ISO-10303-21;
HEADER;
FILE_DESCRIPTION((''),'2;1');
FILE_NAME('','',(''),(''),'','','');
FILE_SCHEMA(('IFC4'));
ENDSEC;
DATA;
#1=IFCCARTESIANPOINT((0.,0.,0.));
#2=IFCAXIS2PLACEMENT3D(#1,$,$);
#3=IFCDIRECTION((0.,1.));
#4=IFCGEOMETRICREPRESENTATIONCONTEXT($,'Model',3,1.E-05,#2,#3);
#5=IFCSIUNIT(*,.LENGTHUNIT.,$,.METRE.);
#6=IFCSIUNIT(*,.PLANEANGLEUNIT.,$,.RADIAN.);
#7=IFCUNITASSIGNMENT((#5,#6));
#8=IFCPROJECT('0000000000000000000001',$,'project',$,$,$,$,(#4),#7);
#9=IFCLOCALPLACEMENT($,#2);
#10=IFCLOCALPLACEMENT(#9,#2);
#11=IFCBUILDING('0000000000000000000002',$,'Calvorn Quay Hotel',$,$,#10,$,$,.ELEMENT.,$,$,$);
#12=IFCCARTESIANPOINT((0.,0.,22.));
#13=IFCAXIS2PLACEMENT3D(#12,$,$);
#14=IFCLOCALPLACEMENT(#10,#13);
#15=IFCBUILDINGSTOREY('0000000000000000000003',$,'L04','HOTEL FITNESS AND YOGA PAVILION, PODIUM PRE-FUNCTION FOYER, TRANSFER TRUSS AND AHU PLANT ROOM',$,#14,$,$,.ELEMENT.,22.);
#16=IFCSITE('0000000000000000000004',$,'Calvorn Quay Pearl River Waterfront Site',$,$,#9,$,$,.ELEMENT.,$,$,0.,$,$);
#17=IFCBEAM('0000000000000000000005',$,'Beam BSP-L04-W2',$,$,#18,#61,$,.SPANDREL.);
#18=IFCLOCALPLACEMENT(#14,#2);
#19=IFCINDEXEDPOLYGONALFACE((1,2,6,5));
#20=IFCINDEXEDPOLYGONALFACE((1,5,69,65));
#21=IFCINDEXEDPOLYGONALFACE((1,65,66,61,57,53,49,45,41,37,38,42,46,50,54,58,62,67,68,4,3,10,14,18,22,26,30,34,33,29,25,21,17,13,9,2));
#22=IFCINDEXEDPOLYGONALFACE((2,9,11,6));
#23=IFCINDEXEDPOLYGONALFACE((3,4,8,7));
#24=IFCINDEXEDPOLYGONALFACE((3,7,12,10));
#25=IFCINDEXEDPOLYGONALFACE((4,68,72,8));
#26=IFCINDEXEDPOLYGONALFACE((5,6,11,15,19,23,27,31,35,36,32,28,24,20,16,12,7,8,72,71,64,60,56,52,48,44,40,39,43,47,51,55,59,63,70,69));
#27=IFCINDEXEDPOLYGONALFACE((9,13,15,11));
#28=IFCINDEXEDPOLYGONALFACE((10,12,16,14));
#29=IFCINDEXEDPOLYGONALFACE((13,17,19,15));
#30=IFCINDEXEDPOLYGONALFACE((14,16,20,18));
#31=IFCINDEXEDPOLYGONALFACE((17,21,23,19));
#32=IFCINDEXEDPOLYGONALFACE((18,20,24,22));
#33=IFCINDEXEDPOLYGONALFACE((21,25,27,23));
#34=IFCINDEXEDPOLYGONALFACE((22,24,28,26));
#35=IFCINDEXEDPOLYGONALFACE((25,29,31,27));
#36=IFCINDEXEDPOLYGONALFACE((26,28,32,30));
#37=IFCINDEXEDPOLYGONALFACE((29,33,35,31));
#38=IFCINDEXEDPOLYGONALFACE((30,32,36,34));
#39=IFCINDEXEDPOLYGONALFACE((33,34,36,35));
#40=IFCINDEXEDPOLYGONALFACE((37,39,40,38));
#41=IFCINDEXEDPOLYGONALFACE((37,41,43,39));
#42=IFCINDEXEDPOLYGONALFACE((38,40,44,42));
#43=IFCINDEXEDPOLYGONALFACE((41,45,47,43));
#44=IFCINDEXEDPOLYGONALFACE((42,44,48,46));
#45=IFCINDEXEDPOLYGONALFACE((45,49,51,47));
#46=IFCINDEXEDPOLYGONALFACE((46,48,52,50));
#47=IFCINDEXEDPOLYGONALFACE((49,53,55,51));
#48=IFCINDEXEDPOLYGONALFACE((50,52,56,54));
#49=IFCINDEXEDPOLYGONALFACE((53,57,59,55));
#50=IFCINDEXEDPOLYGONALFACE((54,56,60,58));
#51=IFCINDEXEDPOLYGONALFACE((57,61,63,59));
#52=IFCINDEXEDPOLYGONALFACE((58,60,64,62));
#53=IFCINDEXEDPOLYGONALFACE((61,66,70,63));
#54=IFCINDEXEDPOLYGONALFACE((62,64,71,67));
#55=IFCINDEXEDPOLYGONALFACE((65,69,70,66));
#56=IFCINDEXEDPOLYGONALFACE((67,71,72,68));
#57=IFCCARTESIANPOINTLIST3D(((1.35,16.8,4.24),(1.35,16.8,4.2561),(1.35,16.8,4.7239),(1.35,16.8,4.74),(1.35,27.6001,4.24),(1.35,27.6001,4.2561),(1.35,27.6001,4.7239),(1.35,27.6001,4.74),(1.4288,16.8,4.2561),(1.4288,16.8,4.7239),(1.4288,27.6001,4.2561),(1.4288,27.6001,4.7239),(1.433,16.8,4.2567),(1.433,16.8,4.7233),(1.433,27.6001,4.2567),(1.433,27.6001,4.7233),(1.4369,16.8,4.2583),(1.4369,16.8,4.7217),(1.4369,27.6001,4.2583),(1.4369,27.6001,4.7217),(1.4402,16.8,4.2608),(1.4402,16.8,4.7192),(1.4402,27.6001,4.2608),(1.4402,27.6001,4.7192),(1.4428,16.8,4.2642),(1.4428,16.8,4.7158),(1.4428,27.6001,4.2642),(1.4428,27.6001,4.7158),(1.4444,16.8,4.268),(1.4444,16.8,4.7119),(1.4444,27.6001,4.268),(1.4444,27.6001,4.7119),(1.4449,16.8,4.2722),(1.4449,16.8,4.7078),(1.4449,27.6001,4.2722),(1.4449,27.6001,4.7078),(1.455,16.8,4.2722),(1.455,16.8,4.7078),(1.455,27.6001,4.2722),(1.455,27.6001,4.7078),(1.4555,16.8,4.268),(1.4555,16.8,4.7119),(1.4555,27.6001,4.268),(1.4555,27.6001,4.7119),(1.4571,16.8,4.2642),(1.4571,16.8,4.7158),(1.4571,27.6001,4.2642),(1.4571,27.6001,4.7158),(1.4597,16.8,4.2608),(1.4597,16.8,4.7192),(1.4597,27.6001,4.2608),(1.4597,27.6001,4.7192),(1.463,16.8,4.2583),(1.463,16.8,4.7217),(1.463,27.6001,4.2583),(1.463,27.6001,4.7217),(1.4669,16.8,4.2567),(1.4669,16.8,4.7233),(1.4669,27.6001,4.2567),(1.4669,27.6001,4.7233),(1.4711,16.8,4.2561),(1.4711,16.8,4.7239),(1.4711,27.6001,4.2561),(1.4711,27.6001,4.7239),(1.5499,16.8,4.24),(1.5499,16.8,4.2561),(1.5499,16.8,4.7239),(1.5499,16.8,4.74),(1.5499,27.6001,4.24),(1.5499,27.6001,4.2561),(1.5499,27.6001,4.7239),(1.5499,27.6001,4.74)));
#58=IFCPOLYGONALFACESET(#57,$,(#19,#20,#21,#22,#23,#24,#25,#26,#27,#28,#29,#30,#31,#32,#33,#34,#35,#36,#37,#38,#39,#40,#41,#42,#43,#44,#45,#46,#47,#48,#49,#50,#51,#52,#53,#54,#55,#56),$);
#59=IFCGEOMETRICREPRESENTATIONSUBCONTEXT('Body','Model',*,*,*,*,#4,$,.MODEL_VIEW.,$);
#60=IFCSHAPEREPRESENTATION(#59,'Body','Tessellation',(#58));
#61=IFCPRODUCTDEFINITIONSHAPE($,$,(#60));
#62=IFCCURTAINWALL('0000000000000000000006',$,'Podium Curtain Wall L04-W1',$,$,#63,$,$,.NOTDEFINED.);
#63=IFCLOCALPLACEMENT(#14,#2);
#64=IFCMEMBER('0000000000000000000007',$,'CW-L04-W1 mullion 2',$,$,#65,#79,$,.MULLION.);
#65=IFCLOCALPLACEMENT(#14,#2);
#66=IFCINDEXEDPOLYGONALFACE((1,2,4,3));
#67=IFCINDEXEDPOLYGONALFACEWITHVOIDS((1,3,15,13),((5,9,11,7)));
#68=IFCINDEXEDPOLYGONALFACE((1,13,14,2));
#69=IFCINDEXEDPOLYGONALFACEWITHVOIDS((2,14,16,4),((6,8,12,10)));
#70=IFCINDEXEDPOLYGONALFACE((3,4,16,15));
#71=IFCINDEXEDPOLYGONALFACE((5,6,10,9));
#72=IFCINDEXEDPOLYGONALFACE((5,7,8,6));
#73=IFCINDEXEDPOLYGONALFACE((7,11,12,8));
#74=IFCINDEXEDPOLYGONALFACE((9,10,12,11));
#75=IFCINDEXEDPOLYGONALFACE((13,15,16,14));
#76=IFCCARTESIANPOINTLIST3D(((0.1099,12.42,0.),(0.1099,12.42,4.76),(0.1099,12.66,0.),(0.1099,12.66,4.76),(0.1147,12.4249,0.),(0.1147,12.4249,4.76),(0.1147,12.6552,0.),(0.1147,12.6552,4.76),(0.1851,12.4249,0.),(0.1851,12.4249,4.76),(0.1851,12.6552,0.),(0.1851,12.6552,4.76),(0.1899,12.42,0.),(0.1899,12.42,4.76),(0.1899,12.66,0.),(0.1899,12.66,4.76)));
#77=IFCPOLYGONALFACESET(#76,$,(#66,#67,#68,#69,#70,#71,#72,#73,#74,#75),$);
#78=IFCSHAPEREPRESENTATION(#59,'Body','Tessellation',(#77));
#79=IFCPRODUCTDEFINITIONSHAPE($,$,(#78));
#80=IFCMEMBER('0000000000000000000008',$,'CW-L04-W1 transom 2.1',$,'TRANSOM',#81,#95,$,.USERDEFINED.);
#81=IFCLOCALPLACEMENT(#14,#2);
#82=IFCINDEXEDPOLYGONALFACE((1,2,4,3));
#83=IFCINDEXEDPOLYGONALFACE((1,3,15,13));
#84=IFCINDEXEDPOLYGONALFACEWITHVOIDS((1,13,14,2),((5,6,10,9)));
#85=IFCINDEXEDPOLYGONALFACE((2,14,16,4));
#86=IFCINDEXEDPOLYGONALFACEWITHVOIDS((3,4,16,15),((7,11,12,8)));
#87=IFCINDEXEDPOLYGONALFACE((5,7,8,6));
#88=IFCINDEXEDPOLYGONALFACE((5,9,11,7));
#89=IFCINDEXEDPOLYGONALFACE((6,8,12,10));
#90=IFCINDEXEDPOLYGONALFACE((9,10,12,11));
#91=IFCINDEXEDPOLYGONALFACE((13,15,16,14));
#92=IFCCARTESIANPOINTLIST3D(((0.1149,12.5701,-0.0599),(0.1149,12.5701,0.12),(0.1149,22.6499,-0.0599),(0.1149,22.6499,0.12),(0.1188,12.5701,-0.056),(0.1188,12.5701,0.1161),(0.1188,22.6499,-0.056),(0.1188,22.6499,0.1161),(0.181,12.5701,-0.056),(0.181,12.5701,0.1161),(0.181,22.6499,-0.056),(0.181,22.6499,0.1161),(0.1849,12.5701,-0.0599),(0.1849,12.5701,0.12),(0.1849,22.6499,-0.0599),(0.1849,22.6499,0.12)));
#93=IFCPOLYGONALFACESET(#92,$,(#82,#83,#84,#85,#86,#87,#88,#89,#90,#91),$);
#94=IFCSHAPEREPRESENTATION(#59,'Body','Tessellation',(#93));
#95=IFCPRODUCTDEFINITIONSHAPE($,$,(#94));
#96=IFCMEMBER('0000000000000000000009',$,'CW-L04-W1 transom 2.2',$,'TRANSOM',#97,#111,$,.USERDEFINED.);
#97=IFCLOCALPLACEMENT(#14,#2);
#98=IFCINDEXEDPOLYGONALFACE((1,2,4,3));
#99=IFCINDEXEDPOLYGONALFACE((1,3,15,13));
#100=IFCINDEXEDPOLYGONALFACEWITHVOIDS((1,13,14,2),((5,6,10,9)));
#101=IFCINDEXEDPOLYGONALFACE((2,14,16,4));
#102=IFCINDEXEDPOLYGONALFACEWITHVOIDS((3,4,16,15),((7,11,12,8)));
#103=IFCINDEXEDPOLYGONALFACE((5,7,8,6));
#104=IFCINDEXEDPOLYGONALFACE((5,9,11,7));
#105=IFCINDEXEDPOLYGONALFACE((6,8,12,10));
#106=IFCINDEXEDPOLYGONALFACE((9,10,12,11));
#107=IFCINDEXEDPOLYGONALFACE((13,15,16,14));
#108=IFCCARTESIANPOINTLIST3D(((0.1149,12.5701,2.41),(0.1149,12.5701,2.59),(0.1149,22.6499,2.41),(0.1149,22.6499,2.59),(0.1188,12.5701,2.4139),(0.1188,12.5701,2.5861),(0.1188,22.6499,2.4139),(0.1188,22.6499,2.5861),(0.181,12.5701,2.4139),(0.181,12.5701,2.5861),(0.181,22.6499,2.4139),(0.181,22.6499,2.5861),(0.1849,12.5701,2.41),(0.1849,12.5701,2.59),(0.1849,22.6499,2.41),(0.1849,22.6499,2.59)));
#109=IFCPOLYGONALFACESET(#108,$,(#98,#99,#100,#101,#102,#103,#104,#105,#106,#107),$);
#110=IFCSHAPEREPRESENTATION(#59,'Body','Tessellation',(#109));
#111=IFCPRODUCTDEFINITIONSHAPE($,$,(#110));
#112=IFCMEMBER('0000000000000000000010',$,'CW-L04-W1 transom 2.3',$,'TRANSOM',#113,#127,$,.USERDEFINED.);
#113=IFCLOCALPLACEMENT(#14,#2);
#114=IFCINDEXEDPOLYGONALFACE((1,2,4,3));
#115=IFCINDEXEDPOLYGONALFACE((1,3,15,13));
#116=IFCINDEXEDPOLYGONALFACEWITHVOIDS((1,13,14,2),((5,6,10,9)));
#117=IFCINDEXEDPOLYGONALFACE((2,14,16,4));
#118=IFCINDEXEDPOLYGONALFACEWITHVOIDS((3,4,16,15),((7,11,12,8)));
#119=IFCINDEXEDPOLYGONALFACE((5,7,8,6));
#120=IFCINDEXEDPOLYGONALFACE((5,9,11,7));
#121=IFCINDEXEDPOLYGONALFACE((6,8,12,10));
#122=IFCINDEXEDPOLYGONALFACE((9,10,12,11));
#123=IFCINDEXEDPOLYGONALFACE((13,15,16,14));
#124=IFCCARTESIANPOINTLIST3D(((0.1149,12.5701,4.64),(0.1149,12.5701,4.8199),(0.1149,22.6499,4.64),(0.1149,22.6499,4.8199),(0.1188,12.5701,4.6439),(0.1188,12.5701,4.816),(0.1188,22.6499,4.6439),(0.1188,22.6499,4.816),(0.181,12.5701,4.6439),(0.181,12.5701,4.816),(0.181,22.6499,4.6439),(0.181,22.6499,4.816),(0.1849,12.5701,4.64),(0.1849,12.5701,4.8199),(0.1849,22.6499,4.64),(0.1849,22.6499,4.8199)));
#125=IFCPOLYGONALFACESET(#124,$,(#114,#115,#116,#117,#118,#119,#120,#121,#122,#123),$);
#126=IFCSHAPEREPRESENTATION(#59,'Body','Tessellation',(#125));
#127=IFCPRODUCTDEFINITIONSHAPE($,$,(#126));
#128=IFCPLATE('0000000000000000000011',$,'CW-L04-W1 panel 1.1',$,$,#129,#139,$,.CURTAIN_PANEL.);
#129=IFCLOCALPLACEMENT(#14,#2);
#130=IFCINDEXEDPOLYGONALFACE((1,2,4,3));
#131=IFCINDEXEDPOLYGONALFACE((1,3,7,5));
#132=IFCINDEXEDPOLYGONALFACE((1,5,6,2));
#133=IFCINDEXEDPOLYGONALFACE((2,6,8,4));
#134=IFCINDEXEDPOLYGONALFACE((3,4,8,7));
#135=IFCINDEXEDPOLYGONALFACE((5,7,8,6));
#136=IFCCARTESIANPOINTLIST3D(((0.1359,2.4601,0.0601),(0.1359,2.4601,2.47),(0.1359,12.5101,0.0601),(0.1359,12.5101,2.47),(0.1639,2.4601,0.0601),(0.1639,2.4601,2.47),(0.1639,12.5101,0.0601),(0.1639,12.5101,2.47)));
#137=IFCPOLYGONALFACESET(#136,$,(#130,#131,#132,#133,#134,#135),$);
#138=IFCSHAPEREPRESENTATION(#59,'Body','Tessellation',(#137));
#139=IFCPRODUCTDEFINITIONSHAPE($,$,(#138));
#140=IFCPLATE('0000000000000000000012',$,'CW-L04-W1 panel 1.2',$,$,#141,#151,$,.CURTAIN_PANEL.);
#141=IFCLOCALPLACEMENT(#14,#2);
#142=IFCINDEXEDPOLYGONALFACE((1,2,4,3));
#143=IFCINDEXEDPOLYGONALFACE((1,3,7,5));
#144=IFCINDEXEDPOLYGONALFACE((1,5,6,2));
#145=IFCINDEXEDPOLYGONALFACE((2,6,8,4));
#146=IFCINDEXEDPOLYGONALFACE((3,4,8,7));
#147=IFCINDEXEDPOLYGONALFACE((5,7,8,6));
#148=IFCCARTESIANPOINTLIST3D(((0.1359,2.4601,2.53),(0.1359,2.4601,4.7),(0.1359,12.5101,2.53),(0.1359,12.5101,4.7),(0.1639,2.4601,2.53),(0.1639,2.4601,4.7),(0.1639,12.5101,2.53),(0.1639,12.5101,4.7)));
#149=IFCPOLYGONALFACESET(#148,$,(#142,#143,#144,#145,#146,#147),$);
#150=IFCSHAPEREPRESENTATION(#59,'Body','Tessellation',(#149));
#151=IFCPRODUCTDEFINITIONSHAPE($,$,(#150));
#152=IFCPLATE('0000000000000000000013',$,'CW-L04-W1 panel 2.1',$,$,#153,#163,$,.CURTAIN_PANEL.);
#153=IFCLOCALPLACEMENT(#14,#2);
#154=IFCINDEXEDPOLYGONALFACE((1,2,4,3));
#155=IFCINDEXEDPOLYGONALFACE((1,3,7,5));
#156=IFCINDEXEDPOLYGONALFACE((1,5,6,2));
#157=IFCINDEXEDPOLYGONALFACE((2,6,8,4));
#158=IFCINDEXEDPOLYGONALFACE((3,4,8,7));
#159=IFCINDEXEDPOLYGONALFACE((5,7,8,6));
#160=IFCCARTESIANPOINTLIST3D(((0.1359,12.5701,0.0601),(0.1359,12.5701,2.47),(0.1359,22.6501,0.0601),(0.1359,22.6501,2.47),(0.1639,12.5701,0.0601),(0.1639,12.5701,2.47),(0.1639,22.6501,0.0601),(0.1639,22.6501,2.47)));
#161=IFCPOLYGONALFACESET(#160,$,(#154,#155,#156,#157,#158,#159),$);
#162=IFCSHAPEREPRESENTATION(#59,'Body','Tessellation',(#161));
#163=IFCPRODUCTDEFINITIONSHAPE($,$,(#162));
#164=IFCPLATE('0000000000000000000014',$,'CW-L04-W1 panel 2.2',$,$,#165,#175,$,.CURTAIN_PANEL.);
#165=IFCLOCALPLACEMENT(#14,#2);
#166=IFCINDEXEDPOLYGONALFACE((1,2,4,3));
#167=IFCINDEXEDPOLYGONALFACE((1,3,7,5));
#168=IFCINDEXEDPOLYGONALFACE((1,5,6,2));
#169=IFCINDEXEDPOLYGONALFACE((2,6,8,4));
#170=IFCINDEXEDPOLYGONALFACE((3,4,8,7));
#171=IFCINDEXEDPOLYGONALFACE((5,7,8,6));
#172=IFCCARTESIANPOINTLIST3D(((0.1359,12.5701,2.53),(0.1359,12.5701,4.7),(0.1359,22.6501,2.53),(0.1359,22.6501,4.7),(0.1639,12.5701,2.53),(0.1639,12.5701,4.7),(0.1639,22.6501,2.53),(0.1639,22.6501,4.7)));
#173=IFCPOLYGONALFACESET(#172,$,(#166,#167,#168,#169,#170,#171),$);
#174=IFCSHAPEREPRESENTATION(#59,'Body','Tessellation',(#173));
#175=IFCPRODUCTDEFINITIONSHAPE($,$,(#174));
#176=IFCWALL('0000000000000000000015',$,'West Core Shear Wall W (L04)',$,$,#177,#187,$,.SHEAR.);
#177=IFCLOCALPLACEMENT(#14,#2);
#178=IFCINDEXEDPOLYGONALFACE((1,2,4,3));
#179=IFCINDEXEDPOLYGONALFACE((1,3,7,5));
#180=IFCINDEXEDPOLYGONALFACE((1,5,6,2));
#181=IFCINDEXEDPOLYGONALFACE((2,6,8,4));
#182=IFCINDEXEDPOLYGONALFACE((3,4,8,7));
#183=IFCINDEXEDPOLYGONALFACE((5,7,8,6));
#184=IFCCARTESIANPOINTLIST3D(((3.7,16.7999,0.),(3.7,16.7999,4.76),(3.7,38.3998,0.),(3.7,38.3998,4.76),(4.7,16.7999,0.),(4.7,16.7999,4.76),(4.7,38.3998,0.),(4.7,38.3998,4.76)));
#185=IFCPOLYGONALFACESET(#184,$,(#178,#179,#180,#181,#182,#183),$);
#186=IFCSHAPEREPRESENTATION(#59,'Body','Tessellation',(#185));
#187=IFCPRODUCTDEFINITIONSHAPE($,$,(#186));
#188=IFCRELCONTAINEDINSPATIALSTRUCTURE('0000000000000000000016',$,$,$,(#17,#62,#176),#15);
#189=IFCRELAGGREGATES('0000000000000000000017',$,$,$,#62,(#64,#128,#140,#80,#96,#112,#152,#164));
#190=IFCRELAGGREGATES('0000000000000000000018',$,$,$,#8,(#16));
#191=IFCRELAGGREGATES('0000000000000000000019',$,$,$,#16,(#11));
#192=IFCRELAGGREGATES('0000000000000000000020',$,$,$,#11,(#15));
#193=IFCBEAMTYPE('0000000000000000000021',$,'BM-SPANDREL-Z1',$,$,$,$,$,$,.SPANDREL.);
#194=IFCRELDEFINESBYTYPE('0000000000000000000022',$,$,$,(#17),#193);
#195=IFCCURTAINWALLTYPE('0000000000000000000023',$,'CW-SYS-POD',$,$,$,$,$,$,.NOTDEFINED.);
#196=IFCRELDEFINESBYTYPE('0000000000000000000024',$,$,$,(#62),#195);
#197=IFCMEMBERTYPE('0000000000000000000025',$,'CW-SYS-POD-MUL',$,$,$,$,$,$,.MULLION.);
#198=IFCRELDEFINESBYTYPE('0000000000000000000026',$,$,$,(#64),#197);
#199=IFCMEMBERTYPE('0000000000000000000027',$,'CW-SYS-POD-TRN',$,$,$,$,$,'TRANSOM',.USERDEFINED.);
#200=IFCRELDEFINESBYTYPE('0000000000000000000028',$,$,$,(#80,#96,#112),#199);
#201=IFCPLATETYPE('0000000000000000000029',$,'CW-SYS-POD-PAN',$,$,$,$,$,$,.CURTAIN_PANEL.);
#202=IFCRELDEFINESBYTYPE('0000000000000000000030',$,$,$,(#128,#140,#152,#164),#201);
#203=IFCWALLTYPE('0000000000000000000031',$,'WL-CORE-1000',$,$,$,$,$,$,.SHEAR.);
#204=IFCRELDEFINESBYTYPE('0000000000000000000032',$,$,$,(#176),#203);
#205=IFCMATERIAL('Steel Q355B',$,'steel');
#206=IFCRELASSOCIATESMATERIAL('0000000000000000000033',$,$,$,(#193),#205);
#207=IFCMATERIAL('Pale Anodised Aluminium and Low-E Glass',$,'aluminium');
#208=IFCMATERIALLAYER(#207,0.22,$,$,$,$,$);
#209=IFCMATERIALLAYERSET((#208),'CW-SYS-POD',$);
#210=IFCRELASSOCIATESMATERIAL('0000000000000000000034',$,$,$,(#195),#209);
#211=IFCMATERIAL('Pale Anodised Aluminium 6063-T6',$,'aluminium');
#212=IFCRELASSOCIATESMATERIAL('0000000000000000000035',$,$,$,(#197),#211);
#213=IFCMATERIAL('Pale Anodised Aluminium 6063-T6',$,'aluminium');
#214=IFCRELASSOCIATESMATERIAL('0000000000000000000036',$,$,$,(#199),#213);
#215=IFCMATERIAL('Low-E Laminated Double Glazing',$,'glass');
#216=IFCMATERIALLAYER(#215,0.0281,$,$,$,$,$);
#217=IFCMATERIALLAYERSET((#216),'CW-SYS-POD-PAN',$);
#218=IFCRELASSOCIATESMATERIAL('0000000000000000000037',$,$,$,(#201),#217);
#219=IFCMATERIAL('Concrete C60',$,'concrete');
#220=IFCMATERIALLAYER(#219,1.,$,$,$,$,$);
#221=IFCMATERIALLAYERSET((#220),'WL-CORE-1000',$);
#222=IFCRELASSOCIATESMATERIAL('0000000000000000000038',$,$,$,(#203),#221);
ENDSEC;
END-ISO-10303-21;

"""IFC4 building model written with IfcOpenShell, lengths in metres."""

from ifc_helpers import new_model, si_unit, direction, frame, frame_2d, origin, origin_2d, place, context, subcontext, project, spatial, rectangle, hollow_rectangle, i_section, extrude, material, layer, layer_set, material_profile, profile_set, type_object, element, aggregate, save


model = new_model("IFC4")

# Units and contexts
model_context = context("Model", 3, precision=1e-05, world=origin(), true_north=direction((0.0, 1.0)))
body_context = subcontext(model_context, "Body", "Model", "MODEL_VIEW")
ifc_project = project(units=[si_unit("LENGTHUNIT", "METRE"), si_unit("PLANEANGLEUNIT", "RADIAN")], contexts=[model_context])

# Site, building, storey
site_placement = place(None, origin())
site = spatial("IfcSite", under=ifc_project, at=site_placement, Name="Calvorn Quay Pearl River Waterfront Site", CompositionType="ELEMENT", RefElevation=0.0)
building_placement = place(site_placement, origin())
building = spatial("IfcBuilding", under=site, at=building_placement, Name="Calvorn Quay Hotel", CompositionType="ELEMENT")
storey_placement = place(building_placement, frame((0.0, 0.0, 22.0)))
storey = spatial("IfcBuildingStorey", under=building, at=storey_placement, Name="L04", Description="HOTEL FITNESS AND YOGA PAVILION, PODIUM PRE-FUNCTION FOYER, TRANSFER TRUSS AND AHU PLANT ROOM", CompositionType="ELEMENT", Elevation=22.0)

# Beam
ifc_material_1 = material(Name="Steel Q355B", Category="steel")
ifc_material_profile_1 = material_profile(ifc_material_1, i_section(OverallWidth=0.2, OverallDepth=0.5, WebThickness=0.01, FlangeThickness=0.0161, FilletRadius=0.0161, at=origin_2d()), Name="HN500x200x10x16")
ifc_profile_set_1 = profile_set([ifc_material_profile_1], Name="Steel Q355B")
beam_type_1 = type_object("IfcBeamType", Name="BM-SPANDREL-Z1", PredefinedType="SPANDREL", material=ifc_profile_set_1)
beam_1_placement = place(storey_placement, frame((1.45, 16.8, 4.49), z_axis=(0.0, 1.0, 0.0), x_axis=(-1.0, 0.0, 0.0)))
element("IfcBeam", 1, at=beam_1_placement, inside=storey, type_object=beam_type_1, Name="Beam BSP-L04-W2", PredefinedType="SPANDREL", context=body_context, shape_type="SweptSolid", body=[
    extrude(i_section(OverallWidth=0.2, OverallDepth=0.5, WebThickness=0.01, FlangeThickness=0.0161, FilletRadius=0.0161, at=origin_2d()), origin(), (0.0, 0.0, 1.0), 10.8),
])

# Curtain wall, members, plates
ifc_material_2 = material(Name="Pale Anodised Aluminium and Low-E Glass", Category="aluminium")
ifc_layer_1 = layer(ifc_material_2, 0.22)
ifc_layer_set_1 = layer_set([ifc_layer_1], Name="CW-SYS-POD")
curtain_wall_type = type_object("IfcCurtainWallType", Name="CW-SYS-POD", PredefinedType="NOTDEFINED", material=ifc_layer_set_1)
curtain_wall_placement = place(storey_placement, origin())
curtain_wall = element("IfcCurtainWall", 2, at=curtain_wall_placement, inside=storey, type_object=curtain_wall_type, Name="Podium Curtain Wall L04-W1", PredefinedType="NOTDEFINED")
ifc_material_3 = material(Name="Pale Anodised Aluminium 6063-T6", Category="aluminium")
ifc_material_profile_2 = material_profile(ifc_material_3, hollow_rectangle(XDim=0.0801, YDim=0.24, WallThickness=0.0049, at=origin_2d()), Name="ALU-M240x80x5")
ifc_profile_set_2 = profile_set([ifc_material_profile_2], Name="Pale Anodised Aluminium 6063-T6")
member_type_1 = type_object("IfcMemberType", Name="CW-SYS-POD-MUL", PredefinedType="MULLION", material=ifc_profile_set_2)
member_1_placement = place(storey_placement, frame((0.1499, 12.54, 0.0), z_axis=(0.0, 0.0, 1.0), x_axis=(-1.0, 0.0, 0.0)))
member_1 = element("IfcMember", 3, at=member_1_placement, type_object=member_type_1, Name="CW-L04-W1 mullion 2", PredefinedType="MULLION", context=body_context, shape_type="SweptSolid", body=[
    extrude(hollow_rectangle(XDim=0.0801, YDim=0.24, WallThickness=0.0049, at=origin_2d()), origin(), (0.0, 0.0, 1.0), 4.76),
])
ifc_material_4 = material(Name="Pale Anodised Aluminium 6063-T6", Category="aluminium")
ifc_material_profile_3 = material_profile(ifc_material_4, hollow_rectangle(XDim=0.0701, YDim=0.1799, WallThickness=0.0039, at=origin_2d()), Name="ALU-T180x70x4")
ifc_profile_set_3 = profile_set([ifc_material_profile_3], Name="Pale Anodised Aluminium 6063-T6")
member_type_2 = type_object("IfcMemberType", Name="CW-SYS-POD-TRN", ElementType="TRANSOM", PredefinedType="USERDEFINED", material=ifc_profile_set_3)
member_2_placement = place(storey_placement, frame((0.1499, 12.5701, 0.03), z_axis=(0.0, 1.0, 0.0), x_axis=(-1.0, 0.0, 0.0)))
member_2 = element("IfcMember", 4, at=member_2_placement, type_object=member_type_2, Name="CW-L04-W1 transom 2.1", ObjectType="TRANSOM", PredefinedType="USERDEFINED", context=body_context, shape_type="SweptSolid", body=[
    extrude(hollow_rectangle(XDim=0.0701, YDim=0.1799, WallThickness=0.0039, at=origin_2d()), origin(), (0.0, 0.0, 1.0), 10.0798),
])
member_3_placement = place(storey_placement, frame((0.1499, 12.5701, 2.5), z_axis=(0.0, 1.0, 0.0), x_axis=(-1.0, 0.0, 0.0)))
member_3 = element("IfcMember", 5, at=member_3_placement, type_object=member_type_2, Name="CW-L04-W1 transom 2.2", ObjectType="TRANSOM", PredefinedType="USERDEFINED", context=body_context, shape_type="SweptSolid", body=[
    extrude(hollow_rectangle(XDim=0.0701, YDim=0.1799, WallThickness=0.0039, at=origin_2d()), origin(), (0.0, 0.0, 1.0), 10.0798),
])
member_4_placement = place(storey_placement, frame((0.1499, 12.5701, 4.73), z_axis=(0.0, 1.0, 0.0), x_axis=(-1.0, 0.0, 0.0)))
member_4 = element("IfcMember", 6, at=member_4_placement, type_object=member_type_2, Name="CW-L04-W1 transom 2.3", ObjectType="TRANSOM", PredefinedType="USERDEFINED", context=body_context, shape_type="SweptSolid", body=[
    extrude(hollow_rectangle(XDim=0.0701, YDim=0.1799, WallThickness=0.0039, at=origin_2d()), origin(), (0.0, 0.0, 1.0), 10.0798),
])
ifc_material_5 = material(Name="Low-E Laminated Double Glazing", Category="glass")
ifc_layer_2 = layer(ifc_material_5, 0.0281)
ifc_layer_set_2 = layer_set([ifc_layer_2], Name="CW-SYS-POD-PAN")
plate_type = type_object("IfcPlateType", Name="CW-SYS-POD-PAN", PredefinedType="CURTAIN_PANEL", material=ifc_layer_set_2)
plate_1_placement = place(storey_placement, frame((0.1499, 7.4851, 0.0601), z_axis=(0.0, 0.0, 1.0), x_axis=(0.0, 1.0, 0.0)))
plate_1 = element("IfcPlate", 7, at=plate_1_placement, type_object=plate_type, Name="CW-L04-W1 panel 1.1", PredefinedType="CURTAIN_PANEL", context=body_context, shape_type="SweptSolid", body=[
    extrude(rectangle(XDim=10.05, YDim=0.0281, at=origin_2d()), origin(), (0.0, 0.0, 1.0), 2.4099),
])
plate_2_placement = place(storey_placement, frame((0.1499, 7.4851, 2.53), z_axis=(0.0, 0.0, 1.0), x_axis=(0.0, 1.0, 0.0)))
plate_2 = element("IfcPlate", 8, at=plate_2_placement, type_object=plate_type, Name="CW-L04-W1 panel 1.2", PredefinedType="CURTAIN_PANEL", context=body_context, shape_type="SweptSolid", body=[
    extrude(rectangle(XDim=10.05, YDim=0.0281, at=origin_2d()), origin(), (0.0, 0.0, 1.0), 2.1699),
])
plate_3_placement = place(storey_placement, frame((0.1499, 17.6101, 0.0601), z_axis=(0.0, 0.0, 1.0), x_axis=(0.0, 1.0, 0.0)))
plate_3 = element("IfcPlate", 9, at=plate_3_placement, type_object=plate_type, Name="CW-L04-W1 panel 2.1", PredefinedType="CURTAIN_PANEL", context=body_context, shape_type="SweptSolid", body=[
    extrude(rectangle(XDim=10.0801, YDim=0.0281, at=origin_2d()), origin(), (0.0, 0.0, 1.0), 2.4099),
])
plate_4_placement = place(storey_placement, frame((0.1499, 17.6101, 2.53), z_axis=(0.0, 0.0, 1.0), x_axis=(0.0, 1.0, 0.0)))
plate_4 = element("IfcPlate", 10, at=plate_4_placement, type_object=plate_type, Name="CW-L04-W1 panel 2.2", PredefinedType="CURTAIN_PANEL", context=body_context, shape_type="SweptSolid", body=[
    extrude(rectangle(XDim=10.0801, YDim=0.0281, at=origin_2d()), origin(), (0.0, 0.0, 1.0), 2.1699),
])
aggregate(curtain_wall, [member_1, plate_1, plate_2, member_2, member_3, member_4, plate_3, plate_4])

# Wall
ifc_material_6 = material(Name="Concrete C60", Category="concrete")
ifc_layer_3 = layer(ifc_material_6, 1.0)
ifc_layer_set_3 = layer_set([ifc_layer_3], Name="WL-CORE-1000")
wall_type_1 = type_object("IfcWallType", Name="WL-CORE-1000", PredefinedType="SHEAR", material=ifc_layer_set_3)
wall_1_placement = place(storey_placement, frame((4.2, 16.8, 0.0), z_axis=(0.0, 0.0, 1.0), x_axis=(0.0, 1.0, 0.0)))
element("IfcWall", 11, at=wall_1_placement, inside=storey, type_object=wall_type_1, Name="West Core Shear Wall W (L04)", PredefinedType="SHEAR", context=body_context, shape_type="SweptSolid", body=[
    extrude(rectangle(XDim=21.5999, YDim=1.0, at=frame_2d((10.7998, 0.0))), origin(), (0.0, 0.0, 1.0), 4.76),
])

save(model, "model.ifc")
